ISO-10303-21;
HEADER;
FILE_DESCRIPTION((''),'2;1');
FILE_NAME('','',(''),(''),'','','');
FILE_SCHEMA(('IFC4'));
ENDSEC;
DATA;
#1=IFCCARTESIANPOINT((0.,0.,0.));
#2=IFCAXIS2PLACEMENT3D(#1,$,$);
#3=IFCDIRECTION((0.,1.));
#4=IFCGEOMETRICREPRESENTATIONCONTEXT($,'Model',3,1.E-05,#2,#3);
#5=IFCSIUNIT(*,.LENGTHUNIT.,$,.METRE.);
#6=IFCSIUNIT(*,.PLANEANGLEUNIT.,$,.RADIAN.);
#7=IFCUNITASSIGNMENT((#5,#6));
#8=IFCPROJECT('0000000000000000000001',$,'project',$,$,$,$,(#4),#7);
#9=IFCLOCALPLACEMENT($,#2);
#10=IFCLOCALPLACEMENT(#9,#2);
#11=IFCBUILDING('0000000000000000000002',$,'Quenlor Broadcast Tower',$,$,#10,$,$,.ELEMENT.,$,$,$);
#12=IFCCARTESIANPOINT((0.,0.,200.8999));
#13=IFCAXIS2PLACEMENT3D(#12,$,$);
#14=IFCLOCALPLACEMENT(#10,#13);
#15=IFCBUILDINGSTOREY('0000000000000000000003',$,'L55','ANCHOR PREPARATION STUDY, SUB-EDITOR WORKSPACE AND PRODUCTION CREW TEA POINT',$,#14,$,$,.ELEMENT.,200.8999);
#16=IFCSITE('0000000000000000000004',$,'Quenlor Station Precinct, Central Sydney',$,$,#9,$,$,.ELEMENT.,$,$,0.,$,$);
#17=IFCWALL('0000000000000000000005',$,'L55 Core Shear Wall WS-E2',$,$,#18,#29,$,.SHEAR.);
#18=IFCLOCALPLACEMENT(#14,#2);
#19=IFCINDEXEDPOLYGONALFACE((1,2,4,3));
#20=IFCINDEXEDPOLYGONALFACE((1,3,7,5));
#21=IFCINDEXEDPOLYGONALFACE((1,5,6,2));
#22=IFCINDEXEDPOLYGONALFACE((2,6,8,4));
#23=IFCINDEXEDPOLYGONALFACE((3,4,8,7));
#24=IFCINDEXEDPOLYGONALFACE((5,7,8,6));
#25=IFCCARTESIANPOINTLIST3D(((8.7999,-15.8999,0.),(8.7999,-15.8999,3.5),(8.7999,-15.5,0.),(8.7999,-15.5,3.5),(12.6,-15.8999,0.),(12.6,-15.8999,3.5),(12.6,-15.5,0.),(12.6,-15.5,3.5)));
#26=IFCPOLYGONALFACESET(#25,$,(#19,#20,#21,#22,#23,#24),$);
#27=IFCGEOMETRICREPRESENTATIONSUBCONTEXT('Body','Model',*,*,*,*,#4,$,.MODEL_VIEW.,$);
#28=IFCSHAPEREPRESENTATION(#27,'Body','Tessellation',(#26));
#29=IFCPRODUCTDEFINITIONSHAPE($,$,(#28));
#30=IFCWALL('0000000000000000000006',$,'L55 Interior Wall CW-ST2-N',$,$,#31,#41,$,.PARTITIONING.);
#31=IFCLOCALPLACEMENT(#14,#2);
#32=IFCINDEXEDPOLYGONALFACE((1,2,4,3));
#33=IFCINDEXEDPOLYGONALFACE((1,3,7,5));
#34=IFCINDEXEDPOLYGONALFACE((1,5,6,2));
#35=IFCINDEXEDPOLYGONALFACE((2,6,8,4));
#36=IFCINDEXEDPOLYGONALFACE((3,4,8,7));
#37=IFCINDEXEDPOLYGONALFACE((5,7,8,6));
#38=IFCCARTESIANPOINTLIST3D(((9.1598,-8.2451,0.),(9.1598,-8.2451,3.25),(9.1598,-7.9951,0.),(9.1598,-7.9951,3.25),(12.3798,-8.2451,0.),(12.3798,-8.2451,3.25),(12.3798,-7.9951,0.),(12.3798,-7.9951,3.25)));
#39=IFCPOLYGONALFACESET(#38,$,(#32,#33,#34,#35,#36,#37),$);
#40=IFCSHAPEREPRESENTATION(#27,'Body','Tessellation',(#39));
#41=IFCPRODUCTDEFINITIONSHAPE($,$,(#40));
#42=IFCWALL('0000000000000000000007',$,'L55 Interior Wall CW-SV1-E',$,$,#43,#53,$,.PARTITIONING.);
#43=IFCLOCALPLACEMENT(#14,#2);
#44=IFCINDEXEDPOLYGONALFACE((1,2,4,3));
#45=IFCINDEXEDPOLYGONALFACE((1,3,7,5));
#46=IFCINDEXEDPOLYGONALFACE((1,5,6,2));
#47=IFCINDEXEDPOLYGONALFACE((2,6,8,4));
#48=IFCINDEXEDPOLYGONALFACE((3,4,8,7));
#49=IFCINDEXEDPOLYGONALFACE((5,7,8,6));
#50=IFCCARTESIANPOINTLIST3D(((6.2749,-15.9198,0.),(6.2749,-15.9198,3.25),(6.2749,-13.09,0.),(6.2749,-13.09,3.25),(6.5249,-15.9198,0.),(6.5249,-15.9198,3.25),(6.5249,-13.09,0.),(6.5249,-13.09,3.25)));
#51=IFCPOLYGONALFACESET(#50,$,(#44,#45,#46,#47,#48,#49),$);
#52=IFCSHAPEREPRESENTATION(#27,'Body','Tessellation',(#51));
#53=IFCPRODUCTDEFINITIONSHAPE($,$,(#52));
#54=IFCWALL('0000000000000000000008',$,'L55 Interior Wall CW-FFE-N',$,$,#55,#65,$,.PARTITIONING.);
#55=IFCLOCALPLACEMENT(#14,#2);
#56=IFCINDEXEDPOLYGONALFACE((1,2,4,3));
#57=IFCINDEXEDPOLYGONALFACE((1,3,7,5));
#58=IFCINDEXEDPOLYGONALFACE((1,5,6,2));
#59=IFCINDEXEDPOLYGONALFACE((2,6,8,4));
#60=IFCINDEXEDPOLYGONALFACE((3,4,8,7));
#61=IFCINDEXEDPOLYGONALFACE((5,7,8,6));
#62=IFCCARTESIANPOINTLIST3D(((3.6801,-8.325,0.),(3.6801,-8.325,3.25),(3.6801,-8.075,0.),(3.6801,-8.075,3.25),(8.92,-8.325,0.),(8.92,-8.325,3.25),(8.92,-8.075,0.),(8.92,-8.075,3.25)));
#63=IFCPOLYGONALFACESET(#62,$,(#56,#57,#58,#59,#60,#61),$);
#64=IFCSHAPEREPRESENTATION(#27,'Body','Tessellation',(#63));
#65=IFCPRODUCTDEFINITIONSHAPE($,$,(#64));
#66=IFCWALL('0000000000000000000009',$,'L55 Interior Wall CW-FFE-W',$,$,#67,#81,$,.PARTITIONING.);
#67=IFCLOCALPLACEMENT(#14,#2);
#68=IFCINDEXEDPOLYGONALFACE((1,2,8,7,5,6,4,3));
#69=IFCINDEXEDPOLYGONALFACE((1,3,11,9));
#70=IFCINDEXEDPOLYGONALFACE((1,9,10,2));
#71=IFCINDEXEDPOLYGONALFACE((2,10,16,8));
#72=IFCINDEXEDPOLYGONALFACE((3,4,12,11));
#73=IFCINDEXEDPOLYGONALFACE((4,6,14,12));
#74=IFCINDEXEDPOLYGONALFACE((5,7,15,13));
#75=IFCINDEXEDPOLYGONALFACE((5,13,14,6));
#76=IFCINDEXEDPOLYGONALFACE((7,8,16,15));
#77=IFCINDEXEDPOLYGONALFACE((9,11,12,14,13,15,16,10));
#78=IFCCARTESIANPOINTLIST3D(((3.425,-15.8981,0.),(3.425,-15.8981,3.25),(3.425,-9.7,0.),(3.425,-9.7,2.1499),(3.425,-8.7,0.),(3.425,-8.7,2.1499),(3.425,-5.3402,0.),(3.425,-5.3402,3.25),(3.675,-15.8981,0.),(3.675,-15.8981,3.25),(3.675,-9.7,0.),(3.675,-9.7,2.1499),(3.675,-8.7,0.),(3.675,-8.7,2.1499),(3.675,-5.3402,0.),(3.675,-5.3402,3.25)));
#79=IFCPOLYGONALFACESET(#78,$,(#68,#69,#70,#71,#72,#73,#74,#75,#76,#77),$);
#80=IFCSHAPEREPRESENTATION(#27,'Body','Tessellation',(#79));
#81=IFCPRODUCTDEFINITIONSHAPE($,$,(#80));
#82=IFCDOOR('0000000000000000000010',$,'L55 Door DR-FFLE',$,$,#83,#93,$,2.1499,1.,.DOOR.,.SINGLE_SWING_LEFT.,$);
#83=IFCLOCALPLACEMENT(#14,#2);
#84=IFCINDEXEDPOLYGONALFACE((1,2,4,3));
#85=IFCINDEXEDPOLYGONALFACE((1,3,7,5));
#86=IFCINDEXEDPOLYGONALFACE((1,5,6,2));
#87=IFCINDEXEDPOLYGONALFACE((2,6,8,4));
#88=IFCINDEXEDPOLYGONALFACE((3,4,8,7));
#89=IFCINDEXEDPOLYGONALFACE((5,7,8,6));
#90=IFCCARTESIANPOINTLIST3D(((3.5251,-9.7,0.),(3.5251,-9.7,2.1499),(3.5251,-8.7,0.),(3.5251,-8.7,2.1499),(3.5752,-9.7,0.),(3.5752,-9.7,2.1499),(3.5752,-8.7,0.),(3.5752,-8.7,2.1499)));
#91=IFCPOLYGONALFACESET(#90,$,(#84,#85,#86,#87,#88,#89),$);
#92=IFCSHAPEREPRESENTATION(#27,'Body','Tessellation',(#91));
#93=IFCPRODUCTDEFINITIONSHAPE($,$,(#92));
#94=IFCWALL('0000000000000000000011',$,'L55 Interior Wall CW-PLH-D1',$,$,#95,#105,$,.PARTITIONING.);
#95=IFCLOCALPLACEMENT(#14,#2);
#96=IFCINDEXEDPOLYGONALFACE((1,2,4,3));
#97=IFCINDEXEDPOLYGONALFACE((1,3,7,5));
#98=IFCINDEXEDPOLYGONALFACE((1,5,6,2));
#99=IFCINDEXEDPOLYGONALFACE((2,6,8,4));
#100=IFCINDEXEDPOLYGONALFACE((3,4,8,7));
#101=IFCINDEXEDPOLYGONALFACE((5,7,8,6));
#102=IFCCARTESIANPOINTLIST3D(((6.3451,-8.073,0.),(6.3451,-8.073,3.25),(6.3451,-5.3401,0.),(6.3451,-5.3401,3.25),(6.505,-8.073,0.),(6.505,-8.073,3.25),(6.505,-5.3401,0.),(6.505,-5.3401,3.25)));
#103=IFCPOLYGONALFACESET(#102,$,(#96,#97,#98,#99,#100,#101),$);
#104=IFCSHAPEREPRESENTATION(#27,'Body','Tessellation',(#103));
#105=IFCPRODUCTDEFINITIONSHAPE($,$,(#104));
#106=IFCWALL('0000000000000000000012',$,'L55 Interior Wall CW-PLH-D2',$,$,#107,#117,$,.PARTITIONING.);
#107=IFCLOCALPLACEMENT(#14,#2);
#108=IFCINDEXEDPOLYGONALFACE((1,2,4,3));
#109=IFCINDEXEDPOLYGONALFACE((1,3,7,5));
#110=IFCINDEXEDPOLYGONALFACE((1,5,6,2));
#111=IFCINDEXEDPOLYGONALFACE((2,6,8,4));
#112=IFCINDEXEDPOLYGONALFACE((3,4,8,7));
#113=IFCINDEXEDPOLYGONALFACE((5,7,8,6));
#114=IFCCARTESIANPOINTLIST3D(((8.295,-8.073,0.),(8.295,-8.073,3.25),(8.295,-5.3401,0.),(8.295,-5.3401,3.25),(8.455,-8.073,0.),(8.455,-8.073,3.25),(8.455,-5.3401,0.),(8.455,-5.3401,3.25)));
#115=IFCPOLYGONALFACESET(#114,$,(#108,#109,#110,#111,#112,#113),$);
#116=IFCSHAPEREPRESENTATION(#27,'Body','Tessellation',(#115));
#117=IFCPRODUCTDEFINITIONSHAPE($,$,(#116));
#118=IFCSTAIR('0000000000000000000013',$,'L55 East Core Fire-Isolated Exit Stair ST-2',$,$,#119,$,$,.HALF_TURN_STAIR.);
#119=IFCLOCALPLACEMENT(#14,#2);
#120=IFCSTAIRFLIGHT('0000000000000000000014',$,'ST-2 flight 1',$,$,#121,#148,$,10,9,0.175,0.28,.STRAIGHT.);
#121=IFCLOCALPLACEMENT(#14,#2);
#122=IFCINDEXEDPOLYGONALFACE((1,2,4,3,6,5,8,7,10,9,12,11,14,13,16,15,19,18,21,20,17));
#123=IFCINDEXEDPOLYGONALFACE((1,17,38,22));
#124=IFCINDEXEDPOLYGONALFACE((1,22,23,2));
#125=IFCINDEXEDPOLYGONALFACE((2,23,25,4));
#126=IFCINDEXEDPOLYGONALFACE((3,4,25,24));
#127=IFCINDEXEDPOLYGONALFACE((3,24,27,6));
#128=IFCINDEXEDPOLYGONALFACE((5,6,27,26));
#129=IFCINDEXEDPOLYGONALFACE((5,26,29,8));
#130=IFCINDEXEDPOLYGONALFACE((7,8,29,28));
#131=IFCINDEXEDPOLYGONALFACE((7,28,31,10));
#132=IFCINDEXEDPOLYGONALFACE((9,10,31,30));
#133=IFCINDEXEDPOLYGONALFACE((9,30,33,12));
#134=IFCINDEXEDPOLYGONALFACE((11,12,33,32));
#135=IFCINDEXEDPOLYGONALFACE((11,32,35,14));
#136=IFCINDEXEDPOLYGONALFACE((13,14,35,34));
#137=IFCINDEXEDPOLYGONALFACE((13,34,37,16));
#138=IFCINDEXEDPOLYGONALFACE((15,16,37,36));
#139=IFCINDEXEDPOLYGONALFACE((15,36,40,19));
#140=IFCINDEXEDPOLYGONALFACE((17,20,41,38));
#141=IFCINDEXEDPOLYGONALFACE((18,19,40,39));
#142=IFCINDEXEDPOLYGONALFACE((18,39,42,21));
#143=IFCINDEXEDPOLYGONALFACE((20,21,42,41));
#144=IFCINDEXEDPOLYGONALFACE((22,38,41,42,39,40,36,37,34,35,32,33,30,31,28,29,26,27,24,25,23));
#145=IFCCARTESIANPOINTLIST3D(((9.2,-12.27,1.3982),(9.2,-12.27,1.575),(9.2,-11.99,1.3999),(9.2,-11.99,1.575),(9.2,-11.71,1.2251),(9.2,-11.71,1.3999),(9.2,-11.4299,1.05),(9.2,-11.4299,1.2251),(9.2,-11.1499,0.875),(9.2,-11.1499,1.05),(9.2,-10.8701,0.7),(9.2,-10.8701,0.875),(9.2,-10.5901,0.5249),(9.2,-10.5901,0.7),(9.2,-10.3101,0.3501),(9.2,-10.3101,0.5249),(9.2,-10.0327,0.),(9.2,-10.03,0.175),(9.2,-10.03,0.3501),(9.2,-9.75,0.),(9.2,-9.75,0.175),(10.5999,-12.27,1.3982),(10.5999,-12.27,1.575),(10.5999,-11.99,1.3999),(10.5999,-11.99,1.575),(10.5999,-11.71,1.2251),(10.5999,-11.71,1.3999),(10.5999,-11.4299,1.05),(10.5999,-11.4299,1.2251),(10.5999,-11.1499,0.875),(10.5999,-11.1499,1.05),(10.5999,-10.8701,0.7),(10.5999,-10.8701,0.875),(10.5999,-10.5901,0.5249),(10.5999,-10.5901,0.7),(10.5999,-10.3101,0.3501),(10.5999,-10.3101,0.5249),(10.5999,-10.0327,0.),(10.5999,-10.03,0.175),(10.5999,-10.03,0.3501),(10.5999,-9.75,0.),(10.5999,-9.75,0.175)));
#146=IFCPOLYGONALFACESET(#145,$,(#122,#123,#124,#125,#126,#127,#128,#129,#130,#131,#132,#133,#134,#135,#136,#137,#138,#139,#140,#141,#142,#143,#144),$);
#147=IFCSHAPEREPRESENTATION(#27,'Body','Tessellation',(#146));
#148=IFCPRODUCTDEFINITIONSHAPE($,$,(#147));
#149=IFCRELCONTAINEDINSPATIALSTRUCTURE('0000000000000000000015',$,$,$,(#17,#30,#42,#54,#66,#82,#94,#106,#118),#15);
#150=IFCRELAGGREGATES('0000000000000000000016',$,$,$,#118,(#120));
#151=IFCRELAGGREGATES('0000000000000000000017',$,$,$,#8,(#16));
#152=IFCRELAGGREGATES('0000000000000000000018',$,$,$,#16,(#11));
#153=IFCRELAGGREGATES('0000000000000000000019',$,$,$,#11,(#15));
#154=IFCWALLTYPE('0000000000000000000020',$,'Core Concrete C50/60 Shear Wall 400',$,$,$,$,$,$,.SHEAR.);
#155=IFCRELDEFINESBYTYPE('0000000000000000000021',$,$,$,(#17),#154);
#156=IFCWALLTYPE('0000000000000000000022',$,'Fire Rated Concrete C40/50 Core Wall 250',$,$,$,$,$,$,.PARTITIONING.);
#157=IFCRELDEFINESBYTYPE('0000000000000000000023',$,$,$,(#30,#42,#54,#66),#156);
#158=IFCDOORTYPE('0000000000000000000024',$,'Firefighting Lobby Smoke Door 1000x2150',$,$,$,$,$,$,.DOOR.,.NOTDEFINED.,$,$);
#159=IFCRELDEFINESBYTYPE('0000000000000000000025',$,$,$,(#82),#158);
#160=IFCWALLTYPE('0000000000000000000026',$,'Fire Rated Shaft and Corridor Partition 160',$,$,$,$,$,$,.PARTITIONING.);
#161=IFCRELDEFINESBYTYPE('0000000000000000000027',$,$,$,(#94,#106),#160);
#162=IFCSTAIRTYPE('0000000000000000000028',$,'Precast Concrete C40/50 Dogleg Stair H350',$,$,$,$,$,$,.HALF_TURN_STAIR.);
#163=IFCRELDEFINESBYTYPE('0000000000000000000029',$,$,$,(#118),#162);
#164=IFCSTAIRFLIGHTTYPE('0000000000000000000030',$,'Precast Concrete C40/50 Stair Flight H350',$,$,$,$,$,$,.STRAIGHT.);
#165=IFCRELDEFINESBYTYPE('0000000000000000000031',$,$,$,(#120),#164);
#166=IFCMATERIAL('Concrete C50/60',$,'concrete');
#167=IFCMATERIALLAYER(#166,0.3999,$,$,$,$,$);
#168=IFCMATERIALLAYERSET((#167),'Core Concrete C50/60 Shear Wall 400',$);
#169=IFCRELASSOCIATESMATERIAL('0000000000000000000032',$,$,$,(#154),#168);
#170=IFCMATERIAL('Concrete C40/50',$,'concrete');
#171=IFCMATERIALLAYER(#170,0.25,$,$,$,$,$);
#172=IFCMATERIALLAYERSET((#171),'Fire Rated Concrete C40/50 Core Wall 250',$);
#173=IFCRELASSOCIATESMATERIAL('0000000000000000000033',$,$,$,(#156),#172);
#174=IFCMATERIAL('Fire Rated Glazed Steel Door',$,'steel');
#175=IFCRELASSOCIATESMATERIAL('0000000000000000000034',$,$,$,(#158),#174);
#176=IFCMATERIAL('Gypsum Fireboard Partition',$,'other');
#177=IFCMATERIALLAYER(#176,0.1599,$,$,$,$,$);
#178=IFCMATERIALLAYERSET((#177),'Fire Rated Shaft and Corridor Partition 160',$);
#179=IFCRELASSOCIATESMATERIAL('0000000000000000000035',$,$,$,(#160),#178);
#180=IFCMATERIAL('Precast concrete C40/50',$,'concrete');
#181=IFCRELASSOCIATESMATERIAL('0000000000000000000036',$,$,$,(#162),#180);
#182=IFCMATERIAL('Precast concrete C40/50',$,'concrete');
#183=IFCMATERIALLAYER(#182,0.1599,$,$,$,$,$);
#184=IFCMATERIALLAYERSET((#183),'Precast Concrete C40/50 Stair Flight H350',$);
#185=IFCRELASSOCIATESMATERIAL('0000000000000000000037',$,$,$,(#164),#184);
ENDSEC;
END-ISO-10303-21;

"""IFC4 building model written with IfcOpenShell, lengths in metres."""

from ifc_helpers import new_model, si_unit, direction, frame, frame_2d, origin, place, context, subcontext, project, spatial, polyline, rectangle, outline, extrude, material, layer, layer_set, type_object, element, fill, aggregate, save


model = new_model("IFC4")

# Units and contexts
model_context = context("Model", 3, precision=1e-05, world=origin(), true_north=direction((0.0, 1.0)))
body_context = subcontext(model_context, "Body", "Model", "MODEL_VIEW")
ifc_project = project(units=[si_unit("LENGTHUNIT", "METRE"), si_unit("PLANEANGLEUNIT", "RADIAN")], contexts=[model_context])

# Site, building, storey
site_placement = place(None, origin())
site = spatial("IfcSite", under=ifc_project, at=site_placement, Name="Quenlor Station Precinct, Central Sydney", CompositionType="ELEMENT", RefElevation=0.0)
building_placement = place(site_placement, origin())
building = spatial("IfcBuilding", under=site, at=building_placement, Name="Quenlor Broadcast Tower", CompositionType="ELEMENT")
storey_placement = place(building_placement, frame((0.0, 0.0, 200.8999)))
storey = spatial("IfcBuildingStorey", under=building, at=storey_placement, Name="L55", Description="ANCHOR PREPARATION STUDY, SUB-EDITOR WORKSPACE AND PRODUCTION CREW TEA POINT", CompositionType="ELEMENT", Elevation=200.8999)

# Wall
ifc_material_1 = material(Name="Concrete C50/60", Category="concrete")
ifc_layer_1 = layer(ifc_material_1, 0.3999)
ifc_layer_set_1 = layer_set([ifc_layer_1], Name="Core Concrete C50/60 Shear Wall 400")
wall_type_1 = type_object("IfcWallType", Name="Core Concrete C50/60 Shear Wall 400", PredefinedType="SHEAR", material=ifc_layer_set_1)
wall_1_placement = place(storey_placement, frame((8.8, -15.7, 0.0), z_axis=(0.0, 0.0, 1.0), x_axis=(1.0, 0.0, 0.0)))
element("IfcWall", 1, at=wall_1_placement, inside=storey, type_object=wall_type_1, Name="L55 Core Shear Wall WS-E2", PredefinedType="SHEAR", context=body_context, shape_type="SweptSolid", body=[
    extrude(rectangle(XDim=3.8, YDim=0.3999, at=frame_2d((1.8999, 0.0))), origin(), (0.0, 0.0, 1.0), 3.5),
])

# Shared definitions
ifc_material_2 = material(Name="Concrete C40/50", Category="concrete")
ifc_layer_2 = layer(ifc_material_2, 0.25)
ifc_layer_set_2 = layer_set([ifc_layer_2], Name="Fire Rated Concrete C40/50 Core Wall 250")
wall_type_2 = type_object("IfcWallType", Name="Fire Rated Concrete C40/50 Core Wall 250", PredefinedType="PARTITIONING", material=ifc_layer_set_2)

# Wall
wall_2_placement = place(storey_placement, frame((9.1599, -8.1201, 0.0), z_axis=(0.0, 0.0, 1.0), x_axis=(1.0, 0.0, 0.0)))
element("IfcWall", 2, at=wall_2_placement, inside=storey, type_object=wall_type_2, Name="L55 Interior Wall CW-ST2-N", PredefinedType="PARTITIONING", context=body_context, shape_type="SweptSolid", body=[
    extrude(rectangle(XDim=3.22, YDim=0.25, at=frame_2d((1.6099, 0.0))), origin(), (0.0, 0.0, 1.0), 3.25),
])

# Walls
wall_3_placement = place(storey_placement, frame((6.3999, -15.9199, 0.0), z_axis=(0.0, 0.0, 1.0), x_axis=(0.0, 1.0, 0.0)))
element("IfcWall", 3, at=wall_3_placement, inside=storey, type_object=wall_type_2, Name="L55 Interior Wall CW-SV1-E", PredefinedType="PARTITIONING", context=body_context, shape_type="SweptSolid", body=[
    extrude(rectangle(XDim=2.8298, YDim=0.25, at=frame_2d((1.415, 0.0))), origin(), (0.0, 0.0, 1.0), 3.25),
])
wall_4_placement = place(storey_placement, frame((3.6799, -8.2, 0.0), z_axis=(0.0, 0.0, 1.0), x_axis=(1.0, 0.0, 0.0)))
element("IfcWall", 4, at=wall_4_placement, inside=storey, type_object=wall_type_2, Name="L55 Interior Wall CW-FFE-N", PredefinedType="PARTITIONING", context=body_context, shape_type="SweptSolid", body=[
    extrude(rectangle(XDim=5.24, YDim=0.25, at=frame_2d((2.6201, 0.0))), origin(), (0.0, 0.0, 1.0), 3.25),
])

# Wall, opening, door
wall_5_placement = place(storey_placement, frame((3.55, -15.8979, 0.0), z_axis=(0.0, 0.0, 1.0), x_axis=(0.0, 1.0, 0.0)))
wall_5 = element("IfcWall", 5, at=wall_5_placement, inside=storey, type_object=wall_type_2, Name="L55 Interior Wall CW-FFE-W", PredefinedType="PARTITIONING", context=body_context, shape_type="SweptSolid", body=[
    extrude(rectangle(XDim=10.5579, YDim=0.25, at=frame_2d((5.2788, 0.0))), origin(), (0.0, 0.0, 1.0), 3.25),
])
opening_1_placement = place(wall_5_placement, frame((6.198, 0.0, 0.0)))
opening_1 = element("IfcOpeningElement", 6, at=opening_1_placement, cuts=wall_5, PredefinedType="OPENING", context=body_context, shape_type="SweptSolid", body=[
    extrude(rectangle(XDim=1.0, YDim=2.1499, at=frame_2d((0.5, 1.075))), frame((0.0, 0.135, 0.0), z_axis=(0.0, -1.0, 0.0), x_axis=(1.0, 0.0, 0.0)), (0.0, 0.0, 1.0), 0.27),
])
ifc_material_3 = material(Name="Fire Rated Glazed Steel Door", Category="steel")
door_type_1 = type_object("IfcDoorType", Name="Firefighting Lobby Smoke Door 1000x2150", OperationType="NOTDEFINED", PredefinedType="DOOR", material=ifc_material_3)
door_1_placement = place(opening_1_placement, origin())
door_1 = element("IfcDoor", 7, at=door_1_placement, inside=storey, type_object=door_type_1, Name="L55 Door DR-FFLE", OperationType="SINGLE_SWING_LEFT", OverallHeight=2.1499, OverallWidth=1.0, PredefinedType="DOOR", context=body_context, shape_type="SweptSolid", body=[
    extrude(rectangle(XDim=1.0, YDim=2.1499, at=frame_2d((0.5, 1.075))), frame((0.0, 0.0249, 0.0), z_axis=(0.0, -1.0, 0.0), x_axis=(1.0, 0.0, 0.0)), (0.0, 0.0, 1.0), 0.05),
])
fill(opening_1, door_1)

# Walls
ifc_material_4 = material(Name="Gypsum Fireboard Partition", Category="other")
ifc_layer_3 = layer(ifc_material_4, 0.1599)
ifc_layer_set_3 = layer_set([ifc_layer_3], Name="Fire Rated Shaft and Corridor Partition 160")
wall_type_3 = type_object("IfcWallType", Name="Fire Rated Shaft and Corridor Partition 160", PredefinedType="PARTITIONING", material=ifc_layer_set_3)
for number, where, z_axis, x_axis, name in (
    (8, (6.425, -8.073, 0.0), (0.0, 0.0, 1.0), (0.0, 1.0, 0.0), "L55 Interior Wall CW-PLH-D1"),
    (9, (8.375, -8.073, 0.0), (0.0, 0.0, 1.0), (0.0, 1.0, 0.0), "L55 Interior Wall CW-PLH-D2"),
):
    element("IfcWall", number, at=place(storey_placement, frame(where, z_axis=z_axis, x_axis=x_axis)), inside=storey, type_object=wall_type_3, Name=name, PredefinedType="PARTITIONING", context=body_context, shape_type="SweptSolid", body=[
        extrude(rectangle(XDim=2.7329, YDim=0.1599, at=frame_2d((1.3665, 0.0))), origin(), (0.0, 0.0, 1.0), 3.25),
    ])

# Stair, stair flight
ifc_material_5 = material(Name="Precast concrete C40/50", Category="concrete")
stair_type = type_object("IfcStairType", Name="Precast Concrete C40/50 Dogleg Stair H350", PredefinedType="HALF_TURN_STAIR", material=ifc_material_5)
stair_placement = place(storey_placement, origin())
stair = element("IfcStair", 10, at=stair_placement, inside=storey, type_object=stair_type, Name="L55 East Core Fire-Isolated Exit Stair ST-2", PredefinedType="HALF_TURN_STAIR")
ifc_material_6 = material(Name="Precast concrete C40/50", Category="concrete")
ifc_layer_4 = layer(ifc_material_6, 0.1599)
ifc_layer_set_4 = layer_set([ifc_layer_4], Name="Precast Concrete C40/50 Stair Flight H350")
stair_flight_type = type_object("IfcStairFlightType", Name="Precast Concrete C40/50 Stair Flight H350", PredefinedType="STRAIGHT", material=ifc_layer_set_4)
stair_flight_placement = place(storey_placement, frame((9.8999, -9.75, 0.0), z_axis=(0.0, 0.0, 1.0), x_axis=(0.0, -1.0, 0.0)))
stair_flight = element("IfcStairFlight", 11, at=stair_flight_placement, type_object=stair_flight_type, Name="ST-2 flight 1", NumberOfRisers=10, NumberOfTreads=9, PredefinedType="STRAIGHT", RiserHeight=0.175, TreadLength=0.28, context=body_context, shape_type="SweptSolid", body=[
    extrude(outline(polyline([(0.0, 0.0), (0.0, 0.175), (0.28, 0.175), (0.28, 0.3501), (0.5601, 0.3501), (0.5601, 0.5249), (0.8401, 0.5249), (0.8401, 0.7), (1.1201, 0.7), (1.1201, 0.875), (1.3999, 0.875), (1.3999, 1.05), (1.6799, 1.05), (1.6799, 1.2251), (1.96, 1.2251), (1.96, 1.3999), (2.24, 1.3999), (2.24, 1.575), (2.52, 1.575), (2.52, 1.75), (2.52, 1.3982), (0.2827, 0.0), (0.0, 0.0)])), frame((0.0, 0.7, 0.0), z_axis=(0.0, -1.0, 0.0), x_axis=(1.0, 0.0, 0.0)), (0.0, 0.0, 1.0), 1.3999),
])
aggregate(stair, [stair_flight])

save(model, "model.ifc")
